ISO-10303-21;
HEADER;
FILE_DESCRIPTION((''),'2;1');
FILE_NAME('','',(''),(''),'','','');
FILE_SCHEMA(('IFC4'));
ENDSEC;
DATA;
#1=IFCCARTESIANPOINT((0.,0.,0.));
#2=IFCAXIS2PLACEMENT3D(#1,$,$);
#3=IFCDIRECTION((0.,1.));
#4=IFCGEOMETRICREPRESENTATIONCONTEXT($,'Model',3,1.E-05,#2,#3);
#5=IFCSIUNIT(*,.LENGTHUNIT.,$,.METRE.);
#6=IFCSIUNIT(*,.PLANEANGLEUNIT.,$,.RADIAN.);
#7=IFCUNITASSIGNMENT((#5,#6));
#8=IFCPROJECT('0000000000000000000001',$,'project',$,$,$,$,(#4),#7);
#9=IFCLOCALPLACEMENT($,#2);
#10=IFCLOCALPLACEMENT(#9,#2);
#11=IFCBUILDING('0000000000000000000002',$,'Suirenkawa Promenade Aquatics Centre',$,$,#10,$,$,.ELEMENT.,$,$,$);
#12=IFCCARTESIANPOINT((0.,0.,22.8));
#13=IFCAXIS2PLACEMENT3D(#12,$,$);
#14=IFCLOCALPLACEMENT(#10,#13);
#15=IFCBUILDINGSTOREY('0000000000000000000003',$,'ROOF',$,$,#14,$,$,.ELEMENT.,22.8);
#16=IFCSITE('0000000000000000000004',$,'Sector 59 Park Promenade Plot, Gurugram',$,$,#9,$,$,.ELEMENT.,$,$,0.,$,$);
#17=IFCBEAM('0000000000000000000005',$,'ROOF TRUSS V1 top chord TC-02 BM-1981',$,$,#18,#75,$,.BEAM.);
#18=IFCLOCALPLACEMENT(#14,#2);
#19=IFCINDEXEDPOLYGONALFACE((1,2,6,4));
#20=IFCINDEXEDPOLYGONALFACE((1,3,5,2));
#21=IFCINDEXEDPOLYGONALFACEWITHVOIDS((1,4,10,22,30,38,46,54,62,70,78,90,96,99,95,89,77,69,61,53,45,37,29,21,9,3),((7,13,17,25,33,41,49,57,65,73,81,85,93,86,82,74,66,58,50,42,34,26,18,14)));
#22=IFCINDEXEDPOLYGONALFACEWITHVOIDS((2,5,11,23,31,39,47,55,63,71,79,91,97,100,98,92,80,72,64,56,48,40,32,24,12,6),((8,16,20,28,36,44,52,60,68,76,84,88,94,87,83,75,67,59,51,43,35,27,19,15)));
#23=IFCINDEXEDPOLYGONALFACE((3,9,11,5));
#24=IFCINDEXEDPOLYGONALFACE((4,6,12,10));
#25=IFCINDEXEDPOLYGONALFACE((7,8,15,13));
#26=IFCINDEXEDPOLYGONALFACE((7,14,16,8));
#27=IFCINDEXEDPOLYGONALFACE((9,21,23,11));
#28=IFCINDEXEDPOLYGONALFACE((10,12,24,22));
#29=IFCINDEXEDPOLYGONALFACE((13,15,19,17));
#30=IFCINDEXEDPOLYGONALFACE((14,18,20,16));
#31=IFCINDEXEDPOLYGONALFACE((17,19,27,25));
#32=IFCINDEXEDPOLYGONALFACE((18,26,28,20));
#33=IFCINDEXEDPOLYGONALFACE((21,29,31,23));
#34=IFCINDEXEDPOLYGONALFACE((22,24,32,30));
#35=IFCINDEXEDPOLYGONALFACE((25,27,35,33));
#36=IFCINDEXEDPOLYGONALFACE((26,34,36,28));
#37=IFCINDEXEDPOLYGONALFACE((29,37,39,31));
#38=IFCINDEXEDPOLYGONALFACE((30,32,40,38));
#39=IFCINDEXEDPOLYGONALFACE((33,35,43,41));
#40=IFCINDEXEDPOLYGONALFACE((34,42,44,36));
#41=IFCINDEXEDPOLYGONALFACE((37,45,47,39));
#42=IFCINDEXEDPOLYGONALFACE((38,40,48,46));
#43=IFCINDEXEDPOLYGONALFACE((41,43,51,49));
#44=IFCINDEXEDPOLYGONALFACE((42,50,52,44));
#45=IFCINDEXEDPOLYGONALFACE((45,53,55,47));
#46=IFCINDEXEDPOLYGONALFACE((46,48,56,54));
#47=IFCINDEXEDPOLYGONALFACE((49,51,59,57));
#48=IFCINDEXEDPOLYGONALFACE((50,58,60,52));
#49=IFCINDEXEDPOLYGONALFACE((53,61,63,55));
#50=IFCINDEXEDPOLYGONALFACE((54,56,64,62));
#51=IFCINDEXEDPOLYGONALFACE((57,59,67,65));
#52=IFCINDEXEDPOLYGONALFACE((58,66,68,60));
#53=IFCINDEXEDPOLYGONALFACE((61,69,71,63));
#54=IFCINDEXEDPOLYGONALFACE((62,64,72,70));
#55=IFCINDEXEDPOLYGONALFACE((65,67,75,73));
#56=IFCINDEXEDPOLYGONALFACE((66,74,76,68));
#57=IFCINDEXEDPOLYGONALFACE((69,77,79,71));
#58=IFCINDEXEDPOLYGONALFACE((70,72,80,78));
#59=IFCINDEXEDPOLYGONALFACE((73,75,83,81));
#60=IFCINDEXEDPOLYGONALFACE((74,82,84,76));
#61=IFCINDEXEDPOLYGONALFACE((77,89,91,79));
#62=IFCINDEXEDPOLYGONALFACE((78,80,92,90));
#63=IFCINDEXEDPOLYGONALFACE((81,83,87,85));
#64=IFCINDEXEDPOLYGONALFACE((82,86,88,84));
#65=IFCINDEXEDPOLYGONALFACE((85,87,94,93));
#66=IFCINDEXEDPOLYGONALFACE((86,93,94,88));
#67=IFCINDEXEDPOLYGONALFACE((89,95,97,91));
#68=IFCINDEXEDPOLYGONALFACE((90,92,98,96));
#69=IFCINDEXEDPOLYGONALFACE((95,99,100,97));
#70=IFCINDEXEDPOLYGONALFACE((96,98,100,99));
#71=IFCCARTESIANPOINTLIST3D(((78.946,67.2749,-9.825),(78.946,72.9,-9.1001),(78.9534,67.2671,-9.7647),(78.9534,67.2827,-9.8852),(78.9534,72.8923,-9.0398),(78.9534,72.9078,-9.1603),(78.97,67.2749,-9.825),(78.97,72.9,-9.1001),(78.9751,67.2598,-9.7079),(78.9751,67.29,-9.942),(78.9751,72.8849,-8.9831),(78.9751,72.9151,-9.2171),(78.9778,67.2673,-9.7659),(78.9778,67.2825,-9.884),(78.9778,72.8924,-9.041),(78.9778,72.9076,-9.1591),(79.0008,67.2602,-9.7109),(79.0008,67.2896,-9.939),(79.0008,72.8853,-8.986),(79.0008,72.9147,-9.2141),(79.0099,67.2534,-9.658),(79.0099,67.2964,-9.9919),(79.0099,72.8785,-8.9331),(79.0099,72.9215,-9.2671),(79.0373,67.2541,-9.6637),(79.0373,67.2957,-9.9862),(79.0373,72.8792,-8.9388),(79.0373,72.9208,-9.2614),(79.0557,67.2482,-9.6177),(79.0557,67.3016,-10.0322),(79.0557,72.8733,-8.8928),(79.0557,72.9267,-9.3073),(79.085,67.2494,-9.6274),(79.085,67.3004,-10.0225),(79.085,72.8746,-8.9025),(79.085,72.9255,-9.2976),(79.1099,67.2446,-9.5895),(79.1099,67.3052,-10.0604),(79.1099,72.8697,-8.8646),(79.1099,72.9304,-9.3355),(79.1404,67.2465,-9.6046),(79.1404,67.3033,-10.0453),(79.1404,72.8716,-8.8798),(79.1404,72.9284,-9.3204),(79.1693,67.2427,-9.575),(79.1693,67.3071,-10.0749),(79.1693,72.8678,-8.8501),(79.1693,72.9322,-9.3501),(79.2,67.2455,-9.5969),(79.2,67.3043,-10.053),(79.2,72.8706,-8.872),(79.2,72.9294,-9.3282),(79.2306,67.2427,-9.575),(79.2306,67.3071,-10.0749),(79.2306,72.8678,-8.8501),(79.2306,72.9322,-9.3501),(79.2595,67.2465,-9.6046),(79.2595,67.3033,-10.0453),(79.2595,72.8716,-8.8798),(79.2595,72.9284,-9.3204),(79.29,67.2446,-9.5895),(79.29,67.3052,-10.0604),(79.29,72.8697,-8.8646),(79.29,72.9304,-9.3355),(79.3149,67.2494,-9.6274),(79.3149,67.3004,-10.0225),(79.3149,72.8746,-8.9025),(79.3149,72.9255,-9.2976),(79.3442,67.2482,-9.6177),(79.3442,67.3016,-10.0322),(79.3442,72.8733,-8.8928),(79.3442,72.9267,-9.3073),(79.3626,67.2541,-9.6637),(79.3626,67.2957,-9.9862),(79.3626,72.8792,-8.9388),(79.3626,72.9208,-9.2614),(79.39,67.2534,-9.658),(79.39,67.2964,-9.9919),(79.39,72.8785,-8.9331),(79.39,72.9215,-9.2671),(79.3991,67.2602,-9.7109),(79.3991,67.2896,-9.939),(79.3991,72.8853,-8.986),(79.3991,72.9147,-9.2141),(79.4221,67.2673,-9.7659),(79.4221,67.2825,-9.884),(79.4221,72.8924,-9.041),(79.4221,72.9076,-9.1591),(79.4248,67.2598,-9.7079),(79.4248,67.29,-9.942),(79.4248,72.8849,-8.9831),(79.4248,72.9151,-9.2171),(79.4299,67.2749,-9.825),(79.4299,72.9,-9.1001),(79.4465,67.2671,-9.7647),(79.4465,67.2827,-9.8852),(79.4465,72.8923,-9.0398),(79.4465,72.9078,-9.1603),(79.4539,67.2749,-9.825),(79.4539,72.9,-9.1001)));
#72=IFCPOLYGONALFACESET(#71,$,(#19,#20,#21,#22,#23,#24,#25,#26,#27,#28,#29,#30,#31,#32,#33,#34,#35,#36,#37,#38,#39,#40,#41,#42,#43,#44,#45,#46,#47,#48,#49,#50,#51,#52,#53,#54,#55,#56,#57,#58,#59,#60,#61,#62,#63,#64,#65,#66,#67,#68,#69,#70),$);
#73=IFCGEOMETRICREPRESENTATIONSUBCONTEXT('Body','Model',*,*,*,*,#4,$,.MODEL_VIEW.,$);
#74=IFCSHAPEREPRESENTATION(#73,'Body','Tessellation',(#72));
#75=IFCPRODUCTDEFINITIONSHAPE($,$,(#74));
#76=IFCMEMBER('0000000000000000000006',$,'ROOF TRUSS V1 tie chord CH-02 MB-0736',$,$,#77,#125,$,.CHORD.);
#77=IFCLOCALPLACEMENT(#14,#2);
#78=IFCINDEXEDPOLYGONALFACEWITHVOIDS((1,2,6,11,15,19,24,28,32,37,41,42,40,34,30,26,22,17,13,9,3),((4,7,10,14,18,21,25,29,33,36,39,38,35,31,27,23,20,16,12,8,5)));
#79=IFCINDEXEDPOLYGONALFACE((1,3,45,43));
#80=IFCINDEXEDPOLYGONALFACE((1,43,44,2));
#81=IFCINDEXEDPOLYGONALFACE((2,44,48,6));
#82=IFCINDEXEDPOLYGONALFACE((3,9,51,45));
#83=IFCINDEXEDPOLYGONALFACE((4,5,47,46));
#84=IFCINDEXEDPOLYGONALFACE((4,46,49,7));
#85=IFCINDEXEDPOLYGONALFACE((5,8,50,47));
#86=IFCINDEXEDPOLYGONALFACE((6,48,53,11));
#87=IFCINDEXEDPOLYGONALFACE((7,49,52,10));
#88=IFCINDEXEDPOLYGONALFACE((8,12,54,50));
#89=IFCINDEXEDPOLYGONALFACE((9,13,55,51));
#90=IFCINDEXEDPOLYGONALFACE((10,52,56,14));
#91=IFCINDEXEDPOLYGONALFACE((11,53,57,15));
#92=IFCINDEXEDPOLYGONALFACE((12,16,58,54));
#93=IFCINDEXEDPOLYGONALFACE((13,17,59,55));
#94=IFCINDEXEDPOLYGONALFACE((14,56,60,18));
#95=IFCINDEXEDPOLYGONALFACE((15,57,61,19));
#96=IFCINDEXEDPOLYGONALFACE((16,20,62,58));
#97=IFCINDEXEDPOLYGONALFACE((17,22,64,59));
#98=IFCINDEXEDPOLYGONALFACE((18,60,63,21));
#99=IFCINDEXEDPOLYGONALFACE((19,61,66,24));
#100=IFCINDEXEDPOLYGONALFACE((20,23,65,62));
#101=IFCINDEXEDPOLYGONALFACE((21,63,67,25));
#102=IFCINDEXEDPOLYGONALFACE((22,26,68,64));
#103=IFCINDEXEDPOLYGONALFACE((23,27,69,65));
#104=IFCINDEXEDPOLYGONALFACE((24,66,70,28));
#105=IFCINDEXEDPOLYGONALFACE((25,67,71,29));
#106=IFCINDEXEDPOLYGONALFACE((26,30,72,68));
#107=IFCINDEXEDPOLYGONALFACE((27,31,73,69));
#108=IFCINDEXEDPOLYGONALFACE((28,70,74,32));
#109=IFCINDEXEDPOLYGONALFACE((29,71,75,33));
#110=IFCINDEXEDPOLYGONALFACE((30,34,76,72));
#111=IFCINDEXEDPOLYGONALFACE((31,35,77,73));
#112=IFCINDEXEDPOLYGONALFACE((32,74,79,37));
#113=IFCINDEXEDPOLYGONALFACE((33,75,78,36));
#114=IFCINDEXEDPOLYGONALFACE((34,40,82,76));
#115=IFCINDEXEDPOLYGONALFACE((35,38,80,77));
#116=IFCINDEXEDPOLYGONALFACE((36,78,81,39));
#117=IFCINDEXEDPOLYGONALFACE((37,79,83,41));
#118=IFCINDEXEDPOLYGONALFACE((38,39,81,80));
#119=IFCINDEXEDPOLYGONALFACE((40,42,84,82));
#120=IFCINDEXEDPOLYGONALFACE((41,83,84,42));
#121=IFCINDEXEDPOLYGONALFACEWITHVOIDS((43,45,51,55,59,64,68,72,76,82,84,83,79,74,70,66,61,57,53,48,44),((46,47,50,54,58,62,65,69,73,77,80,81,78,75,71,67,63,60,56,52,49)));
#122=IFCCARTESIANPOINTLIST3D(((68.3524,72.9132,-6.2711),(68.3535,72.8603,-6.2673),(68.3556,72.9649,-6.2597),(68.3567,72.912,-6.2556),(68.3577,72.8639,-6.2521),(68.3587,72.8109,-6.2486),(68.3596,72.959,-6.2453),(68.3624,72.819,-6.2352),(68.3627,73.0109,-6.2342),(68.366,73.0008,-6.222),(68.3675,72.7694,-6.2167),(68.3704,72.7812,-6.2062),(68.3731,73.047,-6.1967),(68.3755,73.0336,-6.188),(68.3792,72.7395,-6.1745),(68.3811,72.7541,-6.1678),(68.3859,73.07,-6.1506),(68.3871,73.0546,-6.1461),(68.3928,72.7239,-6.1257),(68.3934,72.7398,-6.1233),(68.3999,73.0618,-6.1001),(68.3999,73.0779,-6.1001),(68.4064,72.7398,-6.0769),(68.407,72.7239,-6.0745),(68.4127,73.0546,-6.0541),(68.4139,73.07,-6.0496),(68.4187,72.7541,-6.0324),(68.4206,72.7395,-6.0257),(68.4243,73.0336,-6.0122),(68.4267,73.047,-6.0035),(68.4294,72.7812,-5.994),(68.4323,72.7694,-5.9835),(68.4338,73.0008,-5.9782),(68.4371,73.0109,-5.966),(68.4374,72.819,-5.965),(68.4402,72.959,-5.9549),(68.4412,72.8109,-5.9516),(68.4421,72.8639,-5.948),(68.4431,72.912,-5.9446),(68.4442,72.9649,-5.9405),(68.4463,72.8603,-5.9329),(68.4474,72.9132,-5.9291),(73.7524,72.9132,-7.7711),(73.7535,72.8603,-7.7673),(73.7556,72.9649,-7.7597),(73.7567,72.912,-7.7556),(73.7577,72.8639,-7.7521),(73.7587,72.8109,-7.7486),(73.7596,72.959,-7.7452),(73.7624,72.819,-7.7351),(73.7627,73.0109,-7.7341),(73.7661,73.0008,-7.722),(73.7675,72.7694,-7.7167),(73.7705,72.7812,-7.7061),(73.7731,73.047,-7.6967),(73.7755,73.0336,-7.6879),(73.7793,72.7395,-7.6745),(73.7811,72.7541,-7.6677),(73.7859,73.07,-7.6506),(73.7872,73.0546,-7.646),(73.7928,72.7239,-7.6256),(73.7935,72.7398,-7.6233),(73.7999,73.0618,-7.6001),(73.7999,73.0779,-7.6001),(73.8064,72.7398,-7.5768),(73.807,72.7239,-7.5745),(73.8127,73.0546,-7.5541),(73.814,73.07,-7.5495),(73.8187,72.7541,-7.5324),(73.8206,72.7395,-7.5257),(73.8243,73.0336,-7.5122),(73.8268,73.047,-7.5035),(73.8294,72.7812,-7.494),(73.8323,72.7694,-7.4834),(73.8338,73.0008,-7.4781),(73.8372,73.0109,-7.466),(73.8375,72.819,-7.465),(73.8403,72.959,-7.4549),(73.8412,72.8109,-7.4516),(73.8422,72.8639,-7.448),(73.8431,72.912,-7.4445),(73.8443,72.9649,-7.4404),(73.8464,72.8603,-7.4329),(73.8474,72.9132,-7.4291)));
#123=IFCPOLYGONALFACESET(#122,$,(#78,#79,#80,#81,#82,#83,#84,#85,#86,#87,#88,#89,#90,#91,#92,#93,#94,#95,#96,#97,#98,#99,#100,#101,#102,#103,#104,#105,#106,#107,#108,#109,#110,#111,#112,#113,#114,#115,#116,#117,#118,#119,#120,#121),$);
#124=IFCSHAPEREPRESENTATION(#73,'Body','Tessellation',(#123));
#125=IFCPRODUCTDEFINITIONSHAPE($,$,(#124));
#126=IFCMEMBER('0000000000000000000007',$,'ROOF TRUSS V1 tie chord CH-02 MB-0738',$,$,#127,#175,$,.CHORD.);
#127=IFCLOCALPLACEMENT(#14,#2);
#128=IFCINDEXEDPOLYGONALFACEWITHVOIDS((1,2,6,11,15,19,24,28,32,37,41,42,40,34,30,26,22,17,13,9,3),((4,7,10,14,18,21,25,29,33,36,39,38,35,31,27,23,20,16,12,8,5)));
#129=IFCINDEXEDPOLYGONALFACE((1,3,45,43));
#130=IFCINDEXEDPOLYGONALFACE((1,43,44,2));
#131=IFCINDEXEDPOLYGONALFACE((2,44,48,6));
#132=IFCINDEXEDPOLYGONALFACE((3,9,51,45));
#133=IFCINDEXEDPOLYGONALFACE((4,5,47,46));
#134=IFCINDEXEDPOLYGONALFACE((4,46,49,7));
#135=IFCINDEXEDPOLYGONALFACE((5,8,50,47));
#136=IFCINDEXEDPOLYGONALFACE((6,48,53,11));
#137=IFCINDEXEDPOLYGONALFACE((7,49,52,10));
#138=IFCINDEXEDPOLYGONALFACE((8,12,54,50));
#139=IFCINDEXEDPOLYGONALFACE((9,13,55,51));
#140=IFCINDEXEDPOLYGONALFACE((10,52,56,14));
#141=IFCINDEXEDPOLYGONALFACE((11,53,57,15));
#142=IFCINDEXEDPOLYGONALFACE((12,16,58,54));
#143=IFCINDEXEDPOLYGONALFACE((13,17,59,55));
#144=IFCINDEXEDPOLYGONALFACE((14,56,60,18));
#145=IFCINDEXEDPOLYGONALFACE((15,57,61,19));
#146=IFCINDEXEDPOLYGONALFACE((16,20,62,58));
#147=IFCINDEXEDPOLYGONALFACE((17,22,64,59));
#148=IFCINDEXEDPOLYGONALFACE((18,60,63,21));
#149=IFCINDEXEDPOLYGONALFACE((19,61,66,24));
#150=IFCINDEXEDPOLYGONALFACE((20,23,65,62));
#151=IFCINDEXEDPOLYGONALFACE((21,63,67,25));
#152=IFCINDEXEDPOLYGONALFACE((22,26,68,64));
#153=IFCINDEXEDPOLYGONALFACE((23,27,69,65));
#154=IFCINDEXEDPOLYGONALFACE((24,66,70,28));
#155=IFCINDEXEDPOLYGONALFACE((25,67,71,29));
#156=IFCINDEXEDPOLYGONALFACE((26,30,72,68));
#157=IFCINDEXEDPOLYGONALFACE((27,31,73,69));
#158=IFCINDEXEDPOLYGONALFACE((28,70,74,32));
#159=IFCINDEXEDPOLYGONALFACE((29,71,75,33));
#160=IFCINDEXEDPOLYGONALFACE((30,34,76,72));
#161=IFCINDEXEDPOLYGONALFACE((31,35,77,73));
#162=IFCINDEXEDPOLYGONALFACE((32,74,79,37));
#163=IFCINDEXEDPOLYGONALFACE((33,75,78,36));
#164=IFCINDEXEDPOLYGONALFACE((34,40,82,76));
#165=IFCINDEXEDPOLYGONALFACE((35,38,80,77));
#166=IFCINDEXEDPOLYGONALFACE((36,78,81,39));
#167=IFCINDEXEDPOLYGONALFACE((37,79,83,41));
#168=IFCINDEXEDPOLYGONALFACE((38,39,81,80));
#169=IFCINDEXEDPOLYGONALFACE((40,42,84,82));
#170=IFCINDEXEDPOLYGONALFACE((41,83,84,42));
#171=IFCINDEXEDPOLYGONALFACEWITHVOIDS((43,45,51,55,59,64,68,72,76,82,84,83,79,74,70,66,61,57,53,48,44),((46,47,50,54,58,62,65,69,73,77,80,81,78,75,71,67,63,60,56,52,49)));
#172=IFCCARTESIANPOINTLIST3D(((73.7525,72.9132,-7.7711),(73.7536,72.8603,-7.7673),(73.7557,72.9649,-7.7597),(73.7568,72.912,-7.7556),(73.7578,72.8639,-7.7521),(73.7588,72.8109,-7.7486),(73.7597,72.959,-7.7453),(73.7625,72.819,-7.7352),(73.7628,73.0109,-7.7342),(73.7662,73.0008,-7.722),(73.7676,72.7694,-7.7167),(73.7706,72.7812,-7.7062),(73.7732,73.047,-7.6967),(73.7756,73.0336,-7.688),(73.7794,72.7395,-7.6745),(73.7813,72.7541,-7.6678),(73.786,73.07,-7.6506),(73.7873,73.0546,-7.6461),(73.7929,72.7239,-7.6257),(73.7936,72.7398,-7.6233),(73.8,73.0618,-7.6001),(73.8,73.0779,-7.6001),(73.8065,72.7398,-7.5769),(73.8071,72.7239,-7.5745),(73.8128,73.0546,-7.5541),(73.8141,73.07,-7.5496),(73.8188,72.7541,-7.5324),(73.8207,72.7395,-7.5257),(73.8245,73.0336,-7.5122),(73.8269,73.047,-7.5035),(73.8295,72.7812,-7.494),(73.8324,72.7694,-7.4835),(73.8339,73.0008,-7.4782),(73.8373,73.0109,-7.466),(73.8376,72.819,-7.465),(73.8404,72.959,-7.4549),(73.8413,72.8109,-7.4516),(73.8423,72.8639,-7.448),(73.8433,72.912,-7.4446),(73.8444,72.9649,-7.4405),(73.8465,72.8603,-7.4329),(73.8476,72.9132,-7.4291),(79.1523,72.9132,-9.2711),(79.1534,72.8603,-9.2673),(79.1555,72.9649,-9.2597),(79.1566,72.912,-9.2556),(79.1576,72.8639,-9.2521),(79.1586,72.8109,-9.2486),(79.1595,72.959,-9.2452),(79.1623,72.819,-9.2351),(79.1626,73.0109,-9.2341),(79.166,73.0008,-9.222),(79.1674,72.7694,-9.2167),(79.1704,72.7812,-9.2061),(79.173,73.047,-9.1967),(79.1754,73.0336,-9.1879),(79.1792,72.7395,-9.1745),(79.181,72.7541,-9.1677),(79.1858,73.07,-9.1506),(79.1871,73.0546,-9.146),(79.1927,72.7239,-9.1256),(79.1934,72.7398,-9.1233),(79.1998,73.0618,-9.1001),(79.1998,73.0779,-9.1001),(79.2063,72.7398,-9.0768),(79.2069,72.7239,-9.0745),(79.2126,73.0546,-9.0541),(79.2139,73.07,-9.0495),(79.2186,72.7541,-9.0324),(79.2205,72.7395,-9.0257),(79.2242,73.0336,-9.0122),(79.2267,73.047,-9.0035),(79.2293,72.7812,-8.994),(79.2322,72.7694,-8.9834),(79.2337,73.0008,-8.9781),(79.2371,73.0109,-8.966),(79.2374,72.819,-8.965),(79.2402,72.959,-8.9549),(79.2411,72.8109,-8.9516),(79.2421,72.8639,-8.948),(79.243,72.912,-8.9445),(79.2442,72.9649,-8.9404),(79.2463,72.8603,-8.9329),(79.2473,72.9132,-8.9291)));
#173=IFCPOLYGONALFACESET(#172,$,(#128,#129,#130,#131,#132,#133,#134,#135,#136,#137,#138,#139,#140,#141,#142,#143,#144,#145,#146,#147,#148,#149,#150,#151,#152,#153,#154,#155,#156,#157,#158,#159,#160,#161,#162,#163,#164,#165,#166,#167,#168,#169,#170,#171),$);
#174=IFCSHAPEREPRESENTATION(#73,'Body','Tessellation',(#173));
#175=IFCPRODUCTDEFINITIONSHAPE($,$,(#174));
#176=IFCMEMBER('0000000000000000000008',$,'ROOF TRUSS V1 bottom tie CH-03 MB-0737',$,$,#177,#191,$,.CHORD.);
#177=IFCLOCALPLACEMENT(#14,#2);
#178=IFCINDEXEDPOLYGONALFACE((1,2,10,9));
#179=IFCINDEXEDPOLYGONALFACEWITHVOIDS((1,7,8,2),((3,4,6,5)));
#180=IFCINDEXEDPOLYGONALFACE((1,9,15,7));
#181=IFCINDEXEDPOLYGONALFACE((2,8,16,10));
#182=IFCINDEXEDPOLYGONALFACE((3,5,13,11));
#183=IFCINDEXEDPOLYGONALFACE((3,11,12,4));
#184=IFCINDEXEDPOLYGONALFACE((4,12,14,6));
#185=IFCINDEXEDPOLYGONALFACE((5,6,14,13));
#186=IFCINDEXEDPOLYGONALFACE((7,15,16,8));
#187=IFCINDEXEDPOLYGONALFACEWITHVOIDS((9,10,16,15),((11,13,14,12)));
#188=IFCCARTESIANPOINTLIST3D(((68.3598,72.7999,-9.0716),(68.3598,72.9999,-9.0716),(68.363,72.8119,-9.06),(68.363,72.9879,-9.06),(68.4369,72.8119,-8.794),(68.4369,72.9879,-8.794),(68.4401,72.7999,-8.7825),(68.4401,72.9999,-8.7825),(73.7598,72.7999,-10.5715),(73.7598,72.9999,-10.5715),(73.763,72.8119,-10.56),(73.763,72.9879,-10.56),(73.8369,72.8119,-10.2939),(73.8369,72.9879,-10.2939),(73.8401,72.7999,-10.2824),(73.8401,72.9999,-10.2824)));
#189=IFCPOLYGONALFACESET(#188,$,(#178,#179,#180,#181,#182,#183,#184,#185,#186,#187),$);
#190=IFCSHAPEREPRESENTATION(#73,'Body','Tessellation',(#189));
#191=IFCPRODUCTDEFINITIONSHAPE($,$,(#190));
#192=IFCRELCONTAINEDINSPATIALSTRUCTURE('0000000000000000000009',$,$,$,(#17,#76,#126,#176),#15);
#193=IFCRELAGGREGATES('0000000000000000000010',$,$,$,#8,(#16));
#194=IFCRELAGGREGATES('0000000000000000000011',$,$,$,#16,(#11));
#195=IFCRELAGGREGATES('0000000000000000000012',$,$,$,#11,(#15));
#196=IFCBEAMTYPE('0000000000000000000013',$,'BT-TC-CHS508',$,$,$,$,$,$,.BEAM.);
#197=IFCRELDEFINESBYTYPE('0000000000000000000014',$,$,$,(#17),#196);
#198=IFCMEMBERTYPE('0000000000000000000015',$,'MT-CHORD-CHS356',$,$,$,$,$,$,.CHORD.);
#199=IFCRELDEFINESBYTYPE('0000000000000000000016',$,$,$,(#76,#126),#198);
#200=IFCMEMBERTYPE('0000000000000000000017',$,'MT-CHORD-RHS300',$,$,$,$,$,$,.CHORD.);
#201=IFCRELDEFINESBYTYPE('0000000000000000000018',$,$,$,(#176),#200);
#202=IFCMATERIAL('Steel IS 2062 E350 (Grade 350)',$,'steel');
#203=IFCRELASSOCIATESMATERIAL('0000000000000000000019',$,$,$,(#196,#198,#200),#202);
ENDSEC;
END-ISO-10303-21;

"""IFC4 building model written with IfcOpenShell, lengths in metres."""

from ifc_helpers import new_model, si_unit, direction, frame, origin, origin_2d, place, context, subcontext, project, spatial, hollow_rectangle, hollow_circle, extrude, material, material_profile, profile_set, type_object, element, save


model = new_model("IFC4")

# Units and contexts
model_context = context("Model", 3, precision=1e-05, world=origin(), true_north=direction((0.0, 1.0)))
body_context = subcontext(model_context, "Body", "Model", "MODEL_VIEW")
ifc_project = project(units=[si_unit("LENGTHUNIT", "METRE"), si_unit("PLANEANGLEUNIT", "RADIAN")], contexts=[model_context])

# Site, building, storey
site_placement = place(None, origin())
site = spatial("IfcSite", under=ifc_project, at=site_placement, Name="Sector 59 Park Promenade Plot, Gurugram", CompositionType="ELEMENT", RefElevation=0.0)
building_placement = place(site_placement, origin())
building = spatial("IfcBuilding", under=site, at=building_placement, Name="Suirenkawa Promenade Aquatics Centre", CompositionType="ELEMENT")
storey_placement = place(building_placement, frame((0.0, 0.0, 22.8)))
storey = spatial("IfcBuildingStorey", under=building, at=storey_placement, Name="ROOF", CompositionType="ELEMENT", Elevation=22.8)

# Beam
ifc_material = material(Name="Steel IS 2062 E350 (Grade 350)", Category="steel")
ifc_material_profile_1 = material_profile(ifc_material, hollow_circle(Radius=0.2539, WallThickness=0.0239, at=origin_2d()), Name="CHS 508x24", Category="steel")
ifc_profile_set_1 = profile_set([ifc_material_profile_1], Name="Steel IS 2062 E350 (Grade 350)")
beam_type_1 = type_object("IfcBeamType", Name="BT-TC-CHS508", PredefinedType="BEAM", material=ifc_profile_set_1)
for number, where, z_axis, x_axis, name in (
    (1, (79.2, 67.2749, -9.825), (0.0, 0.991799, 0.127806), (-1.0, 0.0, 0.0), "ROOF TRUSS V1 top chord TC-02 BM-1981"),
):
    element("IfcBeam", number, at=place(storey_placement, frame(where, z_axis=z_axis, x_axis=x_axis)), inside=storey, type_object=beam_type_1, Name=name, PredefinedType="BEAM", context=body_context, shape_type="SweptSolid", body=[
        extrude(hollow_circle(Radius=0.2539, WallThickness=0.0239, at=origin_2d()), origin(), (0.0, 0.0, 1.0), 5.6716),
    ])

# Members
ifc_material_profile_2 = material_profile(ifc_material, hollow_circle(Radius=0.178, WallThickness=0.0161, at=origin_2d()), Name="CHS 356x16", Category="steel")
ifc_profile_set_2 = profile_set([ifc_material_profile_2], Name="Steel IS 2062 E350 (Grade 350)")
member_type_1 = type_object("IfcMemberType", Name="MT-CHORD-CHS356", PredefinedType="CHORD", material=ifc_profile_set_2)
member_1_placement = place(storey_placement, frame((68.3999, 72.8999, -6.1001), z_axis=(0.96352, 0.0, -0.267637), x_axis=(0.0, 1.0, 0.0)))
element("IfcMember", 2, at=member_1_placement, inside=storey, type_object=member_type_1, Name="ROOF TRUSS V1 tie chord CH-02 MB-0736", PredefinedType="CHORD", context=body_context, shape_type="SweptSolid", body=[
    extrude(hollow_circle(Radius=0.178, WallThickness=0.0161, at=origin_2d()), origin(), (0.0, 0.0, 1.0), 5.6045),
])
member_2_placement = place(storey_placement, frame((73.8, 72.8999, -7.6001), z_axis=(0.963517, 0.0, -0.267648), x_axis=(0.0, 1.0, 0.0)))
element("IfcMember", 3, at=member_2_placement, inside=storey, type_object=member_type_1, Name="ROOF TRUSS V1 tie chord CH-02 MB-0738", PredefinedType="CHORD", context=body_context, shape_type="SweptSolid", body=[
    extrude(hollow_circle(Radius=0.178, WallThickness=0.0161, at=origin_2d()), origin(), (0.0, 0.0, 1.0), 5.6042),
])
ifc_material_profile_3 = material_profile(ifc_material, hollow_rectangle(XDim=0.2, YDim=0.3, WallThickness=0.012, at=origin_2d()), Name="RHS 300x200x12", Category="steel")
ifc_profile_set_3 = profile_set([ifc_material_profile_3], Name="Steel IS 2062 E350 (Grade 350)")
member_type_2 = type_object("IfcMemberType", Name="MT-CHORD-RHS300", PredefinedType="CHORD", material=ifc_profile_set_3)
member_3_placement = place(storey_placement, frame((68.3999, 72.8999, -8.927), z_axis=(0.96352, 0.0, -0.267637), x_axis=(0.0, 1.0, 0.0)))
element("IfcMember", 4, at=member_3_placement, inside=storey, type_object=member_type_2, Name="ROOF TRUSS V1 bottom tie CH-03 MB-0737", PredefinedType="CHORD", context=body_context, shape_type="SweptSolid", body=[
    extrude(hollow_rectangle(XDim=0.2, YDim=0.3, WallThickness=0.012, at=origin_2d()), origin(), (0.0, 0.0, 1.0), 5.6045),
])

save(model, "model.ifc")
